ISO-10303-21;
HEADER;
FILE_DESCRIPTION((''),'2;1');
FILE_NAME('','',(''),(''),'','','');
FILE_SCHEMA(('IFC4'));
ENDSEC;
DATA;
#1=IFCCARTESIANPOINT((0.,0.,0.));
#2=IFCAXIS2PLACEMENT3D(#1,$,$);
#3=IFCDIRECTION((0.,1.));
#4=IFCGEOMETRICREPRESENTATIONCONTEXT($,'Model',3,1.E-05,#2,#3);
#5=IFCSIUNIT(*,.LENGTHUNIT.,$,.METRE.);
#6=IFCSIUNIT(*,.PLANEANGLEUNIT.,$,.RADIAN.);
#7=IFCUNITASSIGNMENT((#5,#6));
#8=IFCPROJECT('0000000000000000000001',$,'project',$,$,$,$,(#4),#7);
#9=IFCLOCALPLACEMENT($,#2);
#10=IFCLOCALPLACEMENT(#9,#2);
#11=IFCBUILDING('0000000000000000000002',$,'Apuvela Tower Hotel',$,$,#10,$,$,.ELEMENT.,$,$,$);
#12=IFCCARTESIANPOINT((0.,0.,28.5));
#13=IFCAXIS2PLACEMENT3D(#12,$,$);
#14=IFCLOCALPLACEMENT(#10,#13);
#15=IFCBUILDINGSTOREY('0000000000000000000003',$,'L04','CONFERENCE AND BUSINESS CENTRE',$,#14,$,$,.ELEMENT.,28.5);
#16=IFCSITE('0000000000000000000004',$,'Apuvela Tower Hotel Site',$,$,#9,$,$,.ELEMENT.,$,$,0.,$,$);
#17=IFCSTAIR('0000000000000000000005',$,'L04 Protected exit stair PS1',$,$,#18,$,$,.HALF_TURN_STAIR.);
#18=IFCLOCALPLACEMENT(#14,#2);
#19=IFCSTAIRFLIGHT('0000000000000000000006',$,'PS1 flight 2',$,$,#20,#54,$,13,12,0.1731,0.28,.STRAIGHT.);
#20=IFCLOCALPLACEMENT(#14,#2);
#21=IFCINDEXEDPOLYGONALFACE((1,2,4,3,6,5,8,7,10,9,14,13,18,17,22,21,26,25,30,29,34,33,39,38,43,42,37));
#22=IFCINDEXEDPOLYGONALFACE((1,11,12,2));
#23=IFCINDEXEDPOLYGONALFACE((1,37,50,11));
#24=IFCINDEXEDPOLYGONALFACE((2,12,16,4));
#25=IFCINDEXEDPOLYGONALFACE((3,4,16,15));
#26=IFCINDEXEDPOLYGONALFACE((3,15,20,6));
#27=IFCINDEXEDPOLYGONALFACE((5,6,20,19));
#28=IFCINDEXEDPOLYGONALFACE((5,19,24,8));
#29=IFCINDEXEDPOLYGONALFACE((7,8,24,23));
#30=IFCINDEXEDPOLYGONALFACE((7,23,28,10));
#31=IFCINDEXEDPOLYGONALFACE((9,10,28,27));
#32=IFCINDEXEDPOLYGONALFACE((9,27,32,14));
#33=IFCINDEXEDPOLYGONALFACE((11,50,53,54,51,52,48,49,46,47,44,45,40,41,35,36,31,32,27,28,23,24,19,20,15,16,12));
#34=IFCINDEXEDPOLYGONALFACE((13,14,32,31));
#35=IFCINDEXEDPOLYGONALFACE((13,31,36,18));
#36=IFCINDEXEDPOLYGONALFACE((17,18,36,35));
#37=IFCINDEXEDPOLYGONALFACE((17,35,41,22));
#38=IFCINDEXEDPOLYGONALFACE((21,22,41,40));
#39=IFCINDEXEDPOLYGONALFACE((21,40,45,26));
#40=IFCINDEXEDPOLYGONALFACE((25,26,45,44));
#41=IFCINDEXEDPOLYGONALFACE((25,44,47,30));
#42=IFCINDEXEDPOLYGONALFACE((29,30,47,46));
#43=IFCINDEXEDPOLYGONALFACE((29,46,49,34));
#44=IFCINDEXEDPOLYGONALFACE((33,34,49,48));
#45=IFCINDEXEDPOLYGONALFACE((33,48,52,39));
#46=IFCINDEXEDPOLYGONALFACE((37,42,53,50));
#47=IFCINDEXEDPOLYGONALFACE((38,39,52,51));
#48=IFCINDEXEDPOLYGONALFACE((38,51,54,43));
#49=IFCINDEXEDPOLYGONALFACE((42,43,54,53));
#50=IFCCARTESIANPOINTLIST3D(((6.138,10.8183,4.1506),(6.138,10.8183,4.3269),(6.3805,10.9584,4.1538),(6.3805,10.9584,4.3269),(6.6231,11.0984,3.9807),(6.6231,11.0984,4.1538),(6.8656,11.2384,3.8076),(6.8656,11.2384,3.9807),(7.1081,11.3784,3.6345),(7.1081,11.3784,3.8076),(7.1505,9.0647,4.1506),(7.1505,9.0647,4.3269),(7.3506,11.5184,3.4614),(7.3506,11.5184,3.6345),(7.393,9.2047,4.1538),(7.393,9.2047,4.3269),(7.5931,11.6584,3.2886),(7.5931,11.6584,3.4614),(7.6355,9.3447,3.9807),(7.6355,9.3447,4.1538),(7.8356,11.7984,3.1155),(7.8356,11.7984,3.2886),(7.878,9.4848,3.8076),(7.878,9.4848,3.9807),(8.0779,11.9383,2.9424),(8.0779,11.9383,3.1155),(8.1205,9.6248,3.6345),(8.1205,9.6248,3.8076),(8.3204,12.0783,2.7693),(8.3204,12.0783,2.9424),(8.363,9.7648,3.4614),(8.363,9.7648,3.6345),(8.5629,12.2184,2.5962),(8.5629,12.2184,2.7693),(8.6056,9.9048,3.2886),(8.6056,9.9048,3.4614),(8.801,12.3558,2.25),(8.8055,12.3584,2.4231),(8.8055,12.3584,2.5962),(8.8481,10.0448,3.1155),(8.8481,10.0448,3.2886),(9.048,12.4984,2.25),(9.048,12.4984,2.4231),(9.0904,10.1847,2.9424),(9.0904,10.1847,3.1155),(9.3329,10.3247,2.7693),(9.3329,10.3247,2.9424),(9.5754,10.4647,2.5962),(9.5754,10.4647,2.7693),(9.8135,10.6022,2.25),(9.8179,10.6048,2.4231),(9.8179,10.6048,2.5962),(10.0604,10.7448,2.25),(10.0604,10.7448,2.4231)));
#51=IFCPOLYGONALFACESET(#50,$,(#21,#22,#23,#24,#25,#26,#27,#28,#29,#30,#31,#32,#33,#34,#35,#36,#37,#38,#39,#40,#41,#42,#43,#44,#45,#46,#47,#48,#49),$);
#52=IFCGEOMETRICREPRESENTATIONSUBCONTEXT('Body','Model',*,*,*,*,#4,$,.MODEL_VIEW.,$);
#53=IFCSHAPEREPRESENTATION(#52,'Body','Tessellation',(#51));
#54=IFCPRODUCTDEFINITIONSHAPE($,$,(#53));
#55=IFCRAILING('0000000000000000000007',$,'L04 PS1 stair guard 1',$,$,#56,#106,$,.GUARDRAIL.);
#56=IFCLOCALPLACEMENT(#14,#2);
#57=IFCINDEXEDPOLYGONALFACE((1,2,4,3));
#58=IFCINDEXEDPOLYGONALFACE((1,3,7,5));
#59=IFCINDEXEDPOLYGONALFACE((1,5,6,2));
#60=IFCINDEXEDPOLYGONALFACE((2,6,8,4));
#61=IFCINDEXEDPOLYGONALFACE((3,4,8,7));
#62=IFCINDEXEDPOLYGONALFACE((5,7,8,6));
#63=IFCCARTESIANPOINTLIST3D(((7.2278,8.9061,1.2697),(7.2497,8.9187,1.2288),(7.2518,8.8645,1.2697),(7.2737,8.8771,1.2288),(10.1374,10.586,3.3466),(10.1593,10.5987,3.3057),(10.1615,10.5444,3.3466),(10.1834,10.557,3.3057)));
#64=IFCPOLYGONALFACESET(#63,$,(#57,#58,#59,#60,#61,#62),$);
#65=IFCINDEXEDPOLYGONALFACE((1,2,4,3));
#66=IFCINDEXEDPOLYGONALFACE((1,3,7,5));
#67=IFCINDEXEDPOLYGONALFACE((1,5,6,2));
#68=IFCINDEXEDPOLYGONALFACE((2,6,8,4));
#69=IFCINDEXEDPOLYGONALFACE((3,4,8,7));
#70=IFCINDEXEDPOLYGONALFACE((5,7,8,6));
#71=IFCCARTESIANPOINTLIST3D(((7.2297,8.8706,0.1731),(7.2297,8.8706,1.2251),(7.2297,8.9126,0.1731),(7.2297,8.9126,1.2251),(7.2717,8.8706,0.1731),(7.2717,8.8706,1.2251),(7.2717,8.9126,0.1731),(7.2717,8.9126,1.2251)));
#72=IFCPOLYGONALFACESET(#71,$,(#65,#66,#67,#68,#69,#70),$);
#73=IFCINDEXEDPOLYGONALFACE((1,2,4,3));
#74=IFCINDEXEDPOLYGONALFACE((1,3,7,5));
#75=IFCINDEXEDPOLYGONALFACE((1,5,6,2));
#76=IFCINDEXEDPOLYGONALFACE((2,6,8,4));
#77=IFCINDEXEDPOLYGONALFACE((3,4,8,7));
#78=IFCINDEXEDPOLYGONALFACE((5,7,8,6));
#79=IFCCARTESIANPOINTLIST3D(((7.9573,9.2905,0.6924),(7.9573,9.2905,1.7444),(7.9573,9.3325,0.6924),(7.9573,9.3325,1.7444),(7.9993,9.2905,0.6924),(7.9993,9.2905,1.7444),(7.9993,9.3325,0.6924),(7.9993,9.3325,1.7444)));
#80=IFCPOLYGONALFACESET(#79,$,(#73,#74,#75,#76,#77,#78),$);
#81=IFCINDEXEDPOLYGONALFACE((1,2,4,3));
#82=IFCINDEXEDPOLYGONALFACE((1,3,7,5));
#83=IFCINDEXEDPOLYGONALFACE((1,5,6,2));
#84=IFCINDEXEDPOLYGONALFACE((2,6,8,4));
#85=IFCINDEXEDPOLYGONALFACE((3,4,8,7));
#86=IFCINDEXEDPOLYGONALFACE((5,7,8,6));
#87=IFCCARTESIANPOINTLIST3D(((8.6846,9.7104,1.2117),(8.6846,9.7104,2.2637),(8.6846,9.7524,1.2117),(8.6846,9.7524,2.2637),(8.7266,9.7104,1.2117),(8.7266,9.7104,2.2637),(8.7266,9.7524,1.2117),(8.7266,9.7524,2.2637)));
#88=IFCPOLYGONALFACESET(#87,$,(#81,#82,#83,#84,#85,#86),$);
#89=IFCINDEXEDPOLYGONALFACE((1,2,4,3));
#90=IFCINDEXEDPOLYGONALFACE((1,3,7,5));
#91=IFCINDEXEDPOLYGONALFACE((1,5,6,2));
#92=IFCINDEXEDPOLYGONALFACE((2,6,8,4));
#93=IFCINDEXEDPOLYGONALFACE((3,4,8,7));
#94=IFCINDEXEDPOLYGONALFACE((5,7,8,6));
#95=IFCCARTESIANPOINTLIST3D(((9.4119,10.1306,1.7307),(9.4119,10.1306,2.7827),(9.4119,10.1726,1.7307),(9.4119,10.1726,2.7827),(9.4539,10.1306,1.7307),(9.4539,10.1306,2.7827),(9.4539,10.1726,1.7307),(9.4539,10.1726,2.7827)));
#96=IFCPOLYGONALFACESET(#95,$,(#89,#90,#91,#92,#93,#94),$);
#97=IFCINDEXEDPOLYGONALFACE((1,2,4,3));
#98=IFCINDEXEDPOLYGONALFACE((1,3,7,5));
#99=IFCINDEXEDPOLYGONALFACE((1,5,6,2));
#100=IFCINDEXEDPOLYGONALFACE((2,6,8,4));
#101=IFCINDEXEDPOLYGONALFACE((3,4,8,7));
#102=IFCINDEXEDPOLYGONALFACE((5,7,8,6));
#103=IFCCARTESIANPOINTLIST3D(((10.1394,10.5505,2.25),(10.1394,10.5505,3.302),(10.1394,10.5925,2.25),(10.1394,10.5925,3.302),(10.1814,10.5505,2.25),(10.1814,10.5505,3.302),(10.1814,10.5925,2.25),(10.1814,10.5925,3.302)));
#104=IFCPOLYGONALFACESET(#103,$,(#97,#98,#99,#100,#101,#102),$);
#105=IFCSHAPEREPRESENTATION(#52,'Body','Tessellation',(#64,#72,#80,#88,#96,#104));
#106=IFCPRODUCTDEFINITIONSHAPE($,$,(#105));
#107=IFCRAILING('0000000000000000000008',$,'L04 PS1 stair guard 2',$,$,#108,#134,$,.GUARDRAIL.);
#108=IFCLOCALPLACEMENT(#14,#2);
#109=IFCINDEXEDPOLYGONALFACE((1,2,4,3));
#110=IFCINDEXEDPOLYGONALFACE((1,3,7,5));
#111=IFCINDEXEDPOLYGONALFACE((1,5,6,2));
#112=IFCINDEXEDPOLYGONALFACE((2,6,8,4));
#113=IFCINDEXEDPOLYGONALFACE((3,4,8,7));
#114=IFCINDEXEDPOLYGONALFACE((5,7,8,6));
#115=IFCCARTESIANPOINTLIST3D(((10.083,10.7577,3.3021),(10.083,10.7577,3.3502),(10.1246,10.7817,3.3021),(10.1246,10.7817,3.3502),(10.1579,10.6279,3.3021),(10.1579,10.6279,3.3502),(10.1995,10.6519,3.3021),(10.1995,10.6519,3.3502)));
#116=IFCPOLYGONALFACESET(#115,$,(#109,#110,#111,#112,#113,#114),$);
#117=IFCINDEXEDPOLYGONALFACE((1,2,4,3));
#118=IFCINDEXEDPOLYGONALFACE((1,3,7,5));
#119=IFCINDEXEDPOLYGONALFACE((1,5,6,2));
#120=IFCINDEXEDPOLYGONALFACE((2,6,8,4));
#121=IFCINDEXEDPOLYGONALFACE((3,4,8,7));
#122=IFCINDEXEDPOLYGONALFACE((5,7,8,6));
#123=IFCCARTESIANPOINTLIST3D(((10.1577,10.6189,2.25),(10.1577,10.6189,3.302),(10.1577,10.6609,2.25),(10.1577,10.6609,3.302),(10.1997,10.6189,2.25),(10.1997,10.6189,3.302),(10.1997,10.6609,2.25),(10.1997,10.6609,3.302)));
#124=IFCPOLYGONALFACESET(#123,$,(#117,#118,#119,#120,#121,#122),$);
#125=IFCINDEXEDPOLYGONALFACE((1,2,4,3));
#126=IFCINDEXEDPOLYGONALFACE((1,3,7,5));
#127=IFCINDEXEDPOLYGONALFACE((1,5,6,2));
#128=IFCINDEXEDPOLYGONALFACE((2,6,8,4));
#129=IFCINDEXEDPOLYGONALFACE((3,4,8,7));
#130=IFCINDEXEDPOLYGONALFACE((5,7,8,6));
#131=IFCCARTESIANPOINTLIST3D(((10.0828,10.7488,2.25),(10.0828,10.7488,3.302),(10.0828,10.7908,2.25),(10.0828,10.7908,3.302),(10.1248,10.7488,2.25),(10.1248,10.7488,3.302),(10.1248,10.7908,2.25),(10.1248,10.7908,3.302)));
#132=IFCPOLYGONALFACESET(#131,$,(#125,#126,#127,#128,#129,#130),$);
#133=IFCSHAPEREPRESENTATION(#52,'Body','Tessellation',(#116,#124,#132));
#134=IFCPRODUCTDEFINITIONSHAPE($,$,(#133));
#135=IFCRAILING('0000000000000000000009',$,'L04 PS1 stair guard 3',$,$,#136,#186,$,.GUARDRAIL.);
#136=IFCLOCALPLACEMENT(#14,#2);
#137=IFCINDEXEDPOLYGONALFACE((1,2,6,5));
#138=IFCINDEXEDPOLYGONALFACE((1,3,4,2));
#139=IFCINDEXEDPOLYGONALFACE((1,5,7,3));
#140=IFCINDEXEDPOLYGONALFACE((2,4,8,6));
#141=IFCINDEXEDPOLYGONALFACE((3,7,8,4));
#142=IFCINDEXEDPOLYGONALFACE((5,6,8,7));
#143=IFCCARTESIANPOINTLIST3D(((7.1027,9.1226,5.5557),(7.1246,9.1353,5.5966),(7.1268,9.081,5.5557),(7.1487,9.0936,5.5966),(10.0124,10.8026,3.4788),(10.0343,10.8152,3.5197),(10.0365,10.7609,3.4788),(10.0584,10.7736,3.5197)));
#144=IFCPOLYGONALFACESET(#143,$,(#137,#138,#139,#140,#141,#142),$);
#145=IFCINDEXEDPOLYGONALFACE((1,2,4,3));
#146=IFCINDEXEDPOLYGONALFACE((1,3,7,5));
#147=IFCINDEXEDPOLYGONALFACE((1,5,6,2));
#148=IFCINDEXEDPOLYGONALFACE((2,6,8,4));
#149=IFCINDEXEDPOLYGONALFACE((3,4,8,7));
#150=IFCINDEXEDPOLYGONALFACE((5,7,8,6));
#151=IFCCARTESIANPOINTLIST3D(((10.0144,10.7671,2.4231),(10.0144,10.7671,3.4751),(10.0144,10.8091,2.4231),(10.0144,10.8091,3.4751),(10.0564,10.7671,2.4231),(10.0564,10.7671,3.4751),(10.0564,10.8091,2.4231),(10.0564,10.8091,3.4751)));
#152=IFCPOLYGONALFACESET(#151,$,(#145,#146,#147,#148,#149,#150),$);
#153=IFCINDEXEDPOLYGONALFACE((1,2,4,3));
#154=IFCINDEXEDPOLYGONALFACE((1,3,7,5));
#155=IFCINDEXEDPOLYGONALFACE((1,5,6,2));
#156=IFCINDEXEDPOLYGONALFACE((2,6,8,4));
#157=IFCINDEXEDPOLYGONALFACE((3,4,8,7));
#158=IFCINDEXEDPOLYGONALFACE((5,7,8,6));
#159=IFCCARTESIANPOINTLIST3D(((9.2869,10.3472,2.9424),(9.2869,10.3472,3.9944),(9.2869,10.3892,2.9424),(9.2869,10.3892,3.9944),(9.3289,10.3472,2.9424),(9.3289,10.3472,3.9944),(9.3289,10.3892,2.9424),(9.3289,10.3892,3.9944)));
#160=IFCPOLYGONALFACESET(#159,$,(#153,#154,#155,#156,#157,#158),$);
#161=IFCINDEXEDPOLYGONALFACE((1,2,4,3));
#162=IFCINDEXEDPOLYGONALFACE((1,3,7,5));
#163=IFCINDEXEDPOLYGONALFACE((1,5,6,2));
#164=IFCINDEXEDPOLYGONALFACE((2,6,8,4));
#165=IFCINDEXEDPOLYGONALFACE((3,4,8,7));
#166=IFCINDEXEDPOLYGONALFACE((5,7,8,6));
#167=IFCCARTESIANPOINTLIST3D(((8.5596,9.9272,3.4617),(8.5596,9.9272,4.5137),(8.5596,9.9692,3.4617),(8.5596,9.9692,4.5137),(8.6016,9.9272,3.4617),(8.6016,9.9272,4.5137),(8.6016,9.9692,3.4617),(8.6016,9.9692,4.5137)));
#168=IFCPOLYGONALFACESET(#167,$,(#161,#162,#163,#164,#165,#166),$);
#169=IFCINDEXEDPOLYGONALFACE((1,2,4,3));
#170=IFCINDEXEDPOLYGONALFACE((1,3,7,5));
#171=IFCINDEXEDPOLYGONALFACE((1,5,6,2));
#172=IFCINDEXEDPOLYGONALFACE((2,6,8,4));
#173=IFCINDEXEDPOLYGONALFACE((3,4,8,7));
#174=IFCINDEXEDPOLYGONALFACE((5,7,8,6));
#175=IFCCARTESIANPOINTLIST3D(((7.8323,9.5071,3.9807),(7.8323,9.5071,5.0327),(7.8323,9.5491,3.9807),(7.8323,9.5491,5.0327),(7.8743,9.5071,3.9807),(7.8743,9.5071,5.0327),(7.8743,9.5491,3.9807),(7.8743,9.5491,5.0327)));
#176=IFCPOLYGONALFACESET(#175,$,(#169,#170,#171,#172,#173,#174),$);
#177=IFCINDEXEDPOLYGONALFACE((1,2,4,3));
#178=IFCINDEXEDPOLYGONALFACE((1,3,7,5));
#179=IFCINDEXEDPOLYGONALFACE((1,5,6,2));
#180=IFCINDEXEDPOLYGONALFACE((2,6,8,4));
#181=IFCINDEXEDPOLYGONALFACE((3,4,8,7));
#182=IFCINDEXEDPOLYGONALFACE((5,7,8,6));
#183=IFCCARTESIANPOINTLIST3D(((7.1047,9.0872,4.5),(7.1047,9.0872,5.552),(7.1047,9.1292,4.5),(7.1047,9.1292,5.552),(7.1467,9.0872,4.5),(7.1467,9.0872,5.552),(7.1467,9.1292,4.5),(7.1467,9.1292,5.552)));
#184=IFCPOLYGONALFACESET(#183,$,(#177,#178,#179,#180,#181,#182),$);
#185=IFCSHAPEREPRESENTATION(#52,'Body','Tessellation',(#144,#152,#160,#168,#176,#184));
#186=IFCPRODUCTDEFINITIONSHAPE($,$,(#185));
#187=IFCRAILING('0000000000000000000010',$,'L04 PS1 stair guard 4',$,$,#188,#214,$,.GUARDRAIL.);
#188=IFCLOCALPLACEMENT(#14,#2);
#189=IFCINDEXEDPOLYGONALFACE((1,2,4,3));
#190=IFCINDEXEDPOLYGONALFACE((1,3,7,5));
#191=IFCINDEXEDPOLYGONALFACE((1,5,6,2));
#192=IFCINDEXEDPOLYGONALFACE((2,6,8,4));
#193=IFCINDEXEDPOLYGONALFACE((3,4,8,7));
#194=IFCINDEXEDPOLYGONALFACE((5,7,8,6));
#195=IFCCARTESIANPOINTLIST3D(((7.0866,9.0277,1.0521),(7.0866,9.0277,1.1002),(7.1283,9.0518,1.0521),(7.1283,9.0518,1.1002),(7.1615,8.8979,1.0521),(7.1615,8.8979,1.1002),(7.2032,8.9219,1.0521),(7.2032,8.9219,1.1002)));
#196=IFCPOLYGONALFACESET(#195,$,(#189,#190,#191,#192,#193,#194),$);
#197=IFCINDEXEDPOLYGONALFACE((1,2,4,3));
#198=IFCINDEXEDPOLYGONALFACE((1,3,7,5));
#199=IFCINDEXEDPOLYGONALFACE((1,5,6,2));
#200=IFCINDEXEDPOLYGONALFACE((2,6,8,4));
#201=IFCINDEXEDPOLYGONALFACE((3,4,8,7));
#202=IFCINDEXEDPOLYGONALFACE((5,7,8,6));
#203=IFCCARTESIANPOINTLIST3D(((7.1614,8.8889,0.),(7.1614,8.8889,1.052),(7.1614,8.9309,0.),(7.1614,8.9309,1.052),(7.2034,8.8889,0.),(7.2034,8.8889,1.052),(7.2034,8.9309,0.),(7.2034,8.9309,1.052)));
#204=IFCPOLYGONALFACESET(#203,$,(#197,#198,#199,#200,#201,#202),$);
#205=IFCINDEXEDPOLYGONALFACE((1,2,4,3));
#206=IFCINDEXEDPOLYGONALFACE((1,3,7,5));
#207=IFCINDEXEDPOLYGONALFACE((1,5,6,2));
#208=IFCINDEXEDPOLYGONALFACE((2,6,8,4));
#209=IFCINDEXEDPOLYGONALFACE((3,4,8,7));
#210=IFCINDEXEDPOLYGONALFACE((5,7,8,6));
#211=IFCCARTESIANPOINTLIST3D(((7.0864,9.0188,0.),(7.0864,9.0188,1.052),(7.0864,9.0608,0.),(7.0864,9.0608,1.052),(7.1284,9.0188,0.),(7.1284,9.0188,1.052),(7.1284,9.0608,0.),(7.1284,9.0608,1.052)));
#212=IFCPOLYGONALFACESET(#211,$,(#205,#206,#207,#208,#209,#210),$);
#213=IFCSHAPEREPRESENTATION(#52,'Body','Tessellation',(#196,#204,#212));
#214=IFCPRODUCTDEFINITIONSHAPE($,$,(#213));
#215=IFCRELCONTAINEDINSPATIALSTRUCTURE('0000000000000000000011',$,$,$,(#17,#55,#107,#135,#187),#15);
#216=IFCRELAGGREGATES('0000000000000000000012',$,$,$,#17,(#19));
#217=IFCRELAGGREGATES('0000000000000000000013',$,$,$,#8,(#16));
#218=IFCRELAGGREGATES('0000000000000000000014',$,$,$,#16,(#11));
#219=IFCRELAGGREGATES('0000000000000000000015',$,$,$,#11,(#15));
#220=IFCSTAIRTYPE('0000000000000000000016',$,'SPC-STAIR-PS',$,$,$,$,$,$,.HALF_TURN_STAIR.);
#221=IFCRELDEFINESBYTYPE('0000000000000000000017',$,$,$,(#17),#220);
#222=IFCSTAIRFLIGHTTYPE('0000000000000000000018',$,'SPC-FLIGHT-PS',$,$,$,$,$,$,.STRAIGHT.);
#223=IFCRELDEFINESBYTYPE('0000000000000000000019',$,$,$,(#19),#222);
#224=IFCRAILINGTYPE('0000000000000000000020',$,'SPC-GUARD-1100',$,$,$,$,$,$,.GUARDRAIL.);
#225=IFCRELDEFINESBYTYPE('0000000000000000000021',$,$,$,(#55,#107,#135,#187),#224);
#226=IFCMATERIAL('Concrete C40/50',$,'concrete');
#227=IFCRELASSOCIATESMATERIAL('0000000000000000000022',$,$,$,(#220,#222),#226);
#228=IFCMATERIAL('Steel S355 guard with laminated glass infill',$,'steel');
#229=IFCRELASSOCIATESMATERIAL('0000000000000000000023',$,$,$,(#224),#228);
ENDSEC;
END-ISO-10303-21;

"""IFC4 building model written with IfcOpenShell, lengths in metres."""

from ifc_helpers import new_model, si_unit, direction, frame, origin, origin_2d, place, context, subcontext, project, spatial, polyline, rectangle, outline, extrude, material, type_object, element, aggregate, save


model = new_model("IFC4")

# Units and contexts
model_context = context("Model", 3, precision=1e-05, world=origin(), true_north=direction((0.0, 1.0)))
body_context = subcontext(model_context, "Body", "Model", "MODEL_VIEW")
ifc_project = project(units=[si_unit("LENGTHUNIT", "METRE"), si_unit("PLANEANGLEUNIT", "RADIAN")], contexts=[model_context])

# Site, building, storey
site_placement = place(None, origin())
site = spatial("IfcSite", under=ifc_project, at=site_placement, Name="Apuvela Tower Hotel Site", CompositionType="ELEMENT", RefElevation=0.0)
building_placement = place(site_placement, origin())
building = spatial("IfcBuilding", under=site, at=building_placement, Name="Apuvela Tower Hotel", CompositionType="ELEMENT")
storey_placement = place(building_placement, frame((0.0, 0.0, 28.5)))
storey = spatial("IfcBuildingStorey", under=building, at=storey_placement, Name="L04", Description="CONFERENCE AND BUSINESS CENTRE", CompositionType="ELEMENT", Elevation=28.5)

# Shared definitions
ifc_material_1 = material(Name="Concrete C40/50", Category="concrete")

# Stair, stair flight
stair_type = type_object("IfcStairType", Name="SPC-STAIR-PS", PredefinedType="HALF_TURN_STAIR", material=ifc_material_1)
stair_placement = place(storey_placement, origin())
stair = element("IfcStair", 1, at=stair_placement, inside=storey, type_object=stair_type, Name="L04 Protected exit stair PS1", PredefinedType="HALF_TURN_STAIR")
stair_flight_type = type_object("IfcStairFlightType", Name="SPC-FLIGHT-PS", PredefinedType="STRAIGHT", material=ifc_material_1)
stair_flight_1_placement = place(storey_placement, frame((9.5542, 11.6216, 2.25), z_axis=(0.0, 0.0, 1.0), x_axis=(-0.866025, -0.5, 0.0)))
stair_flight_1 = element("IfcStairFlight", 2, at=stair_flight_1_placement, type_object=stair_flight_type, Name="PS1 flight 2", NumberOfRisers=13, NumberOfTreads=12, PredefinedType="STRAIGHT", RiserHeight=0.1731, TreadLength=0.28, context=body_context, shape_type="SweptSolid", body=[
    extrude(outline(polyline([(0.0, 0.0), (0.0, 0.1731), (0.28, 0.1731), (0.28, 0.3462), (0.5601, 0.3462), (0.5601, 0.5193), (0.8401, 0.5193), (0.8401, 0.6924), (1.1201, 0.6924), (1.1201, 0.8655), (1.3999, 0.8655), (1.3999, 1.0386), (1.6799, 1.0386), (1.6799, 1.2114), (1.96, 1.2114), (1.96, 1.3845), (2.24, 1.3845), (2.24, 1.5576), (2.52, 1.5576), (2.52, 1.7307), (2.8, 1.7307), (2.8, 1.9038), (3.0801, 1.9038), (3.0801, 2.0769), (3.3601, 2.0769), (3.3601, 2.25), (3.3601, 1.9006), (0.2852, 0.0), (0.0, 0.0)])), frame((0.0, 1.0125, 0.0), z_axis=(0.0, -1.0, 0.0), x_axis=(1.0, 0.0, 0.0)), (0.0, 0.0, 1.0), 2.0249),
])
aggregate(stair, [stair_flight_1])

# Railings
ifc_material_2 = material(Name="Steel S355 guard with laminated glass infill", Category="steel")
railing_type_1 = type_object("IfcRailingType", Name="SPC-GUARD-1100", PredefinedType="GUARDRAIL", material=ifc_material_2)
railing_1_placement = place(storey_placement, frame((7.2507, 8.8916, 0.1731)))
element("IfcRailing", 3, at=railing_1_placement, inside=storey, type_object=railing_type_1, Name="L04 PS1 stair guard 1", PredefinedType="GUARDRAIL", context=body_context, shape_type="SweptSolid", body=[
    extrude(rectangle(XDim=0.0481, YDim=0.0481, at=origin_2d()), frame((0.0, 0.0, 1.0762), z_axis=(0.73664, 0.425308, 0.525809), x_axis=(-0.500008, 0.866021, 0.0)), (0.0, 0.0, 1.0), 3.95),
    extrude(rectangle(XDim=0.042, YDim=0.042, at=origin_2d()), origin(), (0.0, 0.0, 1.0), 1.052),
    extrude(rectangle(XDim=0.042, YDim=0.042, at=origin_2d()), frame((0.7275, 0.4199, 0.5193)), (0.0, 0.0, 1.0), 1.052),
    extrude(rectangle(XDim=0.042, YDim=0.042, at=origin_2d()), frame((1.4548, 0.8398, 1.0386)), (0.0, 0.0, 1.0), 1.052),
    extrude(rectangle(XDim=0.042, YDim=0.042, at=origin_2d()), frame((2.1821, 1.26, 1.5576)), (0.0, 0.0, 1.0), 1.052),
    extrude(rectangle(XDim=0.042, YDim=0.042, at=origin_2d()), frame((2.9097, 1.6799, 2.0769)), (0.0, 0.0, 1.0), 1.052),
])
railing_2_placement = place(storey_placement, frame((10.1787, 10.6399, 2.25)))
element("IfcRailing", 4, at=railing_2_placement, inside=storey, type_object=railing_type_1, Name="L04 PS1 stair guard 2", PredefinedType="GUARDRAIL", context=body_context, shape_type="SweptSolid", body=[
    extrude(rectangle(XDim=0.0481, YDim=0.0481, at=origin_2d()), frame((0.0, 0.0, 1.0762), z_axis=(-0.499816, 0.866131, 0.0), x_axis=(-0.866131, -0.499816, 0.0)), (0.0, 0.0, 1.0), 0.1499),
    extrude(rectangle(XDim=0.042, YDim=0.042, at=origin_2d()), origin(), (0.0, 0.0, 1.0), 1.052),
    extrude(rectangle(XDim=0.042, YDim=0.042, at=origin_2d()), frame((-0.075, 0.1299, 0.0)), (0.0, 0.0, 1.0), 1.052),
])
railing_3_placement = place(storey_placement, frame((10.0354, 10.7881, 2.4231)))
element("IfcRailing", 5, at=railing_3_placement, inside=storey, type_object=railing_type_1, Name="L04 PS1 stair guard 3", PredefinedType="GUARDRAIL", context=body_context, shape_type="SweptSolid", body=[
    extrude(rectangle(XDim=0.0481, YDim=0.0481, at=origin_2d()), frame((0.0, 0.0, 1.0762), z_axis=(-0.73664, -0.425308, 0.525809), x_axis=(0.500008, -0.866021, 0.0)), (0.0, 0.0, 1.0), 3.95),
    extrude(rectangle(XDim=0.042, YDim=0.042, at=origin_2d()), origin(), (0.0, 0.0, 1.0), 1.052),
    extrude(rectangle(XDim=0.042, YDim=0.042, at=origin_2d()), frame((-0.7275, -0.4199, 0.5193)), (0.0, 0.0, 1.0), 1.052),
    extrude(rectangle(XDim=0.042, YDim=0.042, at=origin_2d()), frame((-1.4548, -0.8398, 1.0386)), (0.0, 0.0, 1.0), 1.052),
    extrude(rectangle(XDim=0.042, YDim=0.042, at=origin_2d()), frame((-2.1821, -1.26, 1.5576)), (0.0, 0.0, 1.0), 1.052),
    extrude(rectangle(XDim=0.042, YDim=0.042, at=origin_2d()), frame((-2.9097, -1.6799, 2.0769)), (0.0, 0.0, 1.0), 1.052),
])
railing_4_placement = place(storey_placement, frame((7.1824, 8.9099, 0.0)))
element("IfcRailing", 6, at=railing_4_placement, inside=storey, type_object=railing_type_1, Name="L04 PS1 stair guard 4", PredefinedType="GUARDRAIL", context=body_context, shape_type="SweptSolid", body=[
    extrude(rectangle(XDim=0.0481, YDim=0.0481, at=origin_2d()), frame((0.0, 0.0, 1.0762), z_axis=(-0.499816, 0.866131, 0.0), x_axis=(-0.866131, -0.499816, 0.0)), (0.0, 0.0, 1.0), 0.1499),
    extrude(rectangle(XDim=0.042, YDim=0.042, at=origin_2d()), origin(), (0.0, 0.0, 1.0), 1.052),
    extrude(rectangle(XDim=0.042, YDim=0.042, at=origin_2d()), frame((-0.075, 0.1299, 0.0)), (0.0, 0.0, 1.0), 1.052),
])

save(model, "model.ifc")
